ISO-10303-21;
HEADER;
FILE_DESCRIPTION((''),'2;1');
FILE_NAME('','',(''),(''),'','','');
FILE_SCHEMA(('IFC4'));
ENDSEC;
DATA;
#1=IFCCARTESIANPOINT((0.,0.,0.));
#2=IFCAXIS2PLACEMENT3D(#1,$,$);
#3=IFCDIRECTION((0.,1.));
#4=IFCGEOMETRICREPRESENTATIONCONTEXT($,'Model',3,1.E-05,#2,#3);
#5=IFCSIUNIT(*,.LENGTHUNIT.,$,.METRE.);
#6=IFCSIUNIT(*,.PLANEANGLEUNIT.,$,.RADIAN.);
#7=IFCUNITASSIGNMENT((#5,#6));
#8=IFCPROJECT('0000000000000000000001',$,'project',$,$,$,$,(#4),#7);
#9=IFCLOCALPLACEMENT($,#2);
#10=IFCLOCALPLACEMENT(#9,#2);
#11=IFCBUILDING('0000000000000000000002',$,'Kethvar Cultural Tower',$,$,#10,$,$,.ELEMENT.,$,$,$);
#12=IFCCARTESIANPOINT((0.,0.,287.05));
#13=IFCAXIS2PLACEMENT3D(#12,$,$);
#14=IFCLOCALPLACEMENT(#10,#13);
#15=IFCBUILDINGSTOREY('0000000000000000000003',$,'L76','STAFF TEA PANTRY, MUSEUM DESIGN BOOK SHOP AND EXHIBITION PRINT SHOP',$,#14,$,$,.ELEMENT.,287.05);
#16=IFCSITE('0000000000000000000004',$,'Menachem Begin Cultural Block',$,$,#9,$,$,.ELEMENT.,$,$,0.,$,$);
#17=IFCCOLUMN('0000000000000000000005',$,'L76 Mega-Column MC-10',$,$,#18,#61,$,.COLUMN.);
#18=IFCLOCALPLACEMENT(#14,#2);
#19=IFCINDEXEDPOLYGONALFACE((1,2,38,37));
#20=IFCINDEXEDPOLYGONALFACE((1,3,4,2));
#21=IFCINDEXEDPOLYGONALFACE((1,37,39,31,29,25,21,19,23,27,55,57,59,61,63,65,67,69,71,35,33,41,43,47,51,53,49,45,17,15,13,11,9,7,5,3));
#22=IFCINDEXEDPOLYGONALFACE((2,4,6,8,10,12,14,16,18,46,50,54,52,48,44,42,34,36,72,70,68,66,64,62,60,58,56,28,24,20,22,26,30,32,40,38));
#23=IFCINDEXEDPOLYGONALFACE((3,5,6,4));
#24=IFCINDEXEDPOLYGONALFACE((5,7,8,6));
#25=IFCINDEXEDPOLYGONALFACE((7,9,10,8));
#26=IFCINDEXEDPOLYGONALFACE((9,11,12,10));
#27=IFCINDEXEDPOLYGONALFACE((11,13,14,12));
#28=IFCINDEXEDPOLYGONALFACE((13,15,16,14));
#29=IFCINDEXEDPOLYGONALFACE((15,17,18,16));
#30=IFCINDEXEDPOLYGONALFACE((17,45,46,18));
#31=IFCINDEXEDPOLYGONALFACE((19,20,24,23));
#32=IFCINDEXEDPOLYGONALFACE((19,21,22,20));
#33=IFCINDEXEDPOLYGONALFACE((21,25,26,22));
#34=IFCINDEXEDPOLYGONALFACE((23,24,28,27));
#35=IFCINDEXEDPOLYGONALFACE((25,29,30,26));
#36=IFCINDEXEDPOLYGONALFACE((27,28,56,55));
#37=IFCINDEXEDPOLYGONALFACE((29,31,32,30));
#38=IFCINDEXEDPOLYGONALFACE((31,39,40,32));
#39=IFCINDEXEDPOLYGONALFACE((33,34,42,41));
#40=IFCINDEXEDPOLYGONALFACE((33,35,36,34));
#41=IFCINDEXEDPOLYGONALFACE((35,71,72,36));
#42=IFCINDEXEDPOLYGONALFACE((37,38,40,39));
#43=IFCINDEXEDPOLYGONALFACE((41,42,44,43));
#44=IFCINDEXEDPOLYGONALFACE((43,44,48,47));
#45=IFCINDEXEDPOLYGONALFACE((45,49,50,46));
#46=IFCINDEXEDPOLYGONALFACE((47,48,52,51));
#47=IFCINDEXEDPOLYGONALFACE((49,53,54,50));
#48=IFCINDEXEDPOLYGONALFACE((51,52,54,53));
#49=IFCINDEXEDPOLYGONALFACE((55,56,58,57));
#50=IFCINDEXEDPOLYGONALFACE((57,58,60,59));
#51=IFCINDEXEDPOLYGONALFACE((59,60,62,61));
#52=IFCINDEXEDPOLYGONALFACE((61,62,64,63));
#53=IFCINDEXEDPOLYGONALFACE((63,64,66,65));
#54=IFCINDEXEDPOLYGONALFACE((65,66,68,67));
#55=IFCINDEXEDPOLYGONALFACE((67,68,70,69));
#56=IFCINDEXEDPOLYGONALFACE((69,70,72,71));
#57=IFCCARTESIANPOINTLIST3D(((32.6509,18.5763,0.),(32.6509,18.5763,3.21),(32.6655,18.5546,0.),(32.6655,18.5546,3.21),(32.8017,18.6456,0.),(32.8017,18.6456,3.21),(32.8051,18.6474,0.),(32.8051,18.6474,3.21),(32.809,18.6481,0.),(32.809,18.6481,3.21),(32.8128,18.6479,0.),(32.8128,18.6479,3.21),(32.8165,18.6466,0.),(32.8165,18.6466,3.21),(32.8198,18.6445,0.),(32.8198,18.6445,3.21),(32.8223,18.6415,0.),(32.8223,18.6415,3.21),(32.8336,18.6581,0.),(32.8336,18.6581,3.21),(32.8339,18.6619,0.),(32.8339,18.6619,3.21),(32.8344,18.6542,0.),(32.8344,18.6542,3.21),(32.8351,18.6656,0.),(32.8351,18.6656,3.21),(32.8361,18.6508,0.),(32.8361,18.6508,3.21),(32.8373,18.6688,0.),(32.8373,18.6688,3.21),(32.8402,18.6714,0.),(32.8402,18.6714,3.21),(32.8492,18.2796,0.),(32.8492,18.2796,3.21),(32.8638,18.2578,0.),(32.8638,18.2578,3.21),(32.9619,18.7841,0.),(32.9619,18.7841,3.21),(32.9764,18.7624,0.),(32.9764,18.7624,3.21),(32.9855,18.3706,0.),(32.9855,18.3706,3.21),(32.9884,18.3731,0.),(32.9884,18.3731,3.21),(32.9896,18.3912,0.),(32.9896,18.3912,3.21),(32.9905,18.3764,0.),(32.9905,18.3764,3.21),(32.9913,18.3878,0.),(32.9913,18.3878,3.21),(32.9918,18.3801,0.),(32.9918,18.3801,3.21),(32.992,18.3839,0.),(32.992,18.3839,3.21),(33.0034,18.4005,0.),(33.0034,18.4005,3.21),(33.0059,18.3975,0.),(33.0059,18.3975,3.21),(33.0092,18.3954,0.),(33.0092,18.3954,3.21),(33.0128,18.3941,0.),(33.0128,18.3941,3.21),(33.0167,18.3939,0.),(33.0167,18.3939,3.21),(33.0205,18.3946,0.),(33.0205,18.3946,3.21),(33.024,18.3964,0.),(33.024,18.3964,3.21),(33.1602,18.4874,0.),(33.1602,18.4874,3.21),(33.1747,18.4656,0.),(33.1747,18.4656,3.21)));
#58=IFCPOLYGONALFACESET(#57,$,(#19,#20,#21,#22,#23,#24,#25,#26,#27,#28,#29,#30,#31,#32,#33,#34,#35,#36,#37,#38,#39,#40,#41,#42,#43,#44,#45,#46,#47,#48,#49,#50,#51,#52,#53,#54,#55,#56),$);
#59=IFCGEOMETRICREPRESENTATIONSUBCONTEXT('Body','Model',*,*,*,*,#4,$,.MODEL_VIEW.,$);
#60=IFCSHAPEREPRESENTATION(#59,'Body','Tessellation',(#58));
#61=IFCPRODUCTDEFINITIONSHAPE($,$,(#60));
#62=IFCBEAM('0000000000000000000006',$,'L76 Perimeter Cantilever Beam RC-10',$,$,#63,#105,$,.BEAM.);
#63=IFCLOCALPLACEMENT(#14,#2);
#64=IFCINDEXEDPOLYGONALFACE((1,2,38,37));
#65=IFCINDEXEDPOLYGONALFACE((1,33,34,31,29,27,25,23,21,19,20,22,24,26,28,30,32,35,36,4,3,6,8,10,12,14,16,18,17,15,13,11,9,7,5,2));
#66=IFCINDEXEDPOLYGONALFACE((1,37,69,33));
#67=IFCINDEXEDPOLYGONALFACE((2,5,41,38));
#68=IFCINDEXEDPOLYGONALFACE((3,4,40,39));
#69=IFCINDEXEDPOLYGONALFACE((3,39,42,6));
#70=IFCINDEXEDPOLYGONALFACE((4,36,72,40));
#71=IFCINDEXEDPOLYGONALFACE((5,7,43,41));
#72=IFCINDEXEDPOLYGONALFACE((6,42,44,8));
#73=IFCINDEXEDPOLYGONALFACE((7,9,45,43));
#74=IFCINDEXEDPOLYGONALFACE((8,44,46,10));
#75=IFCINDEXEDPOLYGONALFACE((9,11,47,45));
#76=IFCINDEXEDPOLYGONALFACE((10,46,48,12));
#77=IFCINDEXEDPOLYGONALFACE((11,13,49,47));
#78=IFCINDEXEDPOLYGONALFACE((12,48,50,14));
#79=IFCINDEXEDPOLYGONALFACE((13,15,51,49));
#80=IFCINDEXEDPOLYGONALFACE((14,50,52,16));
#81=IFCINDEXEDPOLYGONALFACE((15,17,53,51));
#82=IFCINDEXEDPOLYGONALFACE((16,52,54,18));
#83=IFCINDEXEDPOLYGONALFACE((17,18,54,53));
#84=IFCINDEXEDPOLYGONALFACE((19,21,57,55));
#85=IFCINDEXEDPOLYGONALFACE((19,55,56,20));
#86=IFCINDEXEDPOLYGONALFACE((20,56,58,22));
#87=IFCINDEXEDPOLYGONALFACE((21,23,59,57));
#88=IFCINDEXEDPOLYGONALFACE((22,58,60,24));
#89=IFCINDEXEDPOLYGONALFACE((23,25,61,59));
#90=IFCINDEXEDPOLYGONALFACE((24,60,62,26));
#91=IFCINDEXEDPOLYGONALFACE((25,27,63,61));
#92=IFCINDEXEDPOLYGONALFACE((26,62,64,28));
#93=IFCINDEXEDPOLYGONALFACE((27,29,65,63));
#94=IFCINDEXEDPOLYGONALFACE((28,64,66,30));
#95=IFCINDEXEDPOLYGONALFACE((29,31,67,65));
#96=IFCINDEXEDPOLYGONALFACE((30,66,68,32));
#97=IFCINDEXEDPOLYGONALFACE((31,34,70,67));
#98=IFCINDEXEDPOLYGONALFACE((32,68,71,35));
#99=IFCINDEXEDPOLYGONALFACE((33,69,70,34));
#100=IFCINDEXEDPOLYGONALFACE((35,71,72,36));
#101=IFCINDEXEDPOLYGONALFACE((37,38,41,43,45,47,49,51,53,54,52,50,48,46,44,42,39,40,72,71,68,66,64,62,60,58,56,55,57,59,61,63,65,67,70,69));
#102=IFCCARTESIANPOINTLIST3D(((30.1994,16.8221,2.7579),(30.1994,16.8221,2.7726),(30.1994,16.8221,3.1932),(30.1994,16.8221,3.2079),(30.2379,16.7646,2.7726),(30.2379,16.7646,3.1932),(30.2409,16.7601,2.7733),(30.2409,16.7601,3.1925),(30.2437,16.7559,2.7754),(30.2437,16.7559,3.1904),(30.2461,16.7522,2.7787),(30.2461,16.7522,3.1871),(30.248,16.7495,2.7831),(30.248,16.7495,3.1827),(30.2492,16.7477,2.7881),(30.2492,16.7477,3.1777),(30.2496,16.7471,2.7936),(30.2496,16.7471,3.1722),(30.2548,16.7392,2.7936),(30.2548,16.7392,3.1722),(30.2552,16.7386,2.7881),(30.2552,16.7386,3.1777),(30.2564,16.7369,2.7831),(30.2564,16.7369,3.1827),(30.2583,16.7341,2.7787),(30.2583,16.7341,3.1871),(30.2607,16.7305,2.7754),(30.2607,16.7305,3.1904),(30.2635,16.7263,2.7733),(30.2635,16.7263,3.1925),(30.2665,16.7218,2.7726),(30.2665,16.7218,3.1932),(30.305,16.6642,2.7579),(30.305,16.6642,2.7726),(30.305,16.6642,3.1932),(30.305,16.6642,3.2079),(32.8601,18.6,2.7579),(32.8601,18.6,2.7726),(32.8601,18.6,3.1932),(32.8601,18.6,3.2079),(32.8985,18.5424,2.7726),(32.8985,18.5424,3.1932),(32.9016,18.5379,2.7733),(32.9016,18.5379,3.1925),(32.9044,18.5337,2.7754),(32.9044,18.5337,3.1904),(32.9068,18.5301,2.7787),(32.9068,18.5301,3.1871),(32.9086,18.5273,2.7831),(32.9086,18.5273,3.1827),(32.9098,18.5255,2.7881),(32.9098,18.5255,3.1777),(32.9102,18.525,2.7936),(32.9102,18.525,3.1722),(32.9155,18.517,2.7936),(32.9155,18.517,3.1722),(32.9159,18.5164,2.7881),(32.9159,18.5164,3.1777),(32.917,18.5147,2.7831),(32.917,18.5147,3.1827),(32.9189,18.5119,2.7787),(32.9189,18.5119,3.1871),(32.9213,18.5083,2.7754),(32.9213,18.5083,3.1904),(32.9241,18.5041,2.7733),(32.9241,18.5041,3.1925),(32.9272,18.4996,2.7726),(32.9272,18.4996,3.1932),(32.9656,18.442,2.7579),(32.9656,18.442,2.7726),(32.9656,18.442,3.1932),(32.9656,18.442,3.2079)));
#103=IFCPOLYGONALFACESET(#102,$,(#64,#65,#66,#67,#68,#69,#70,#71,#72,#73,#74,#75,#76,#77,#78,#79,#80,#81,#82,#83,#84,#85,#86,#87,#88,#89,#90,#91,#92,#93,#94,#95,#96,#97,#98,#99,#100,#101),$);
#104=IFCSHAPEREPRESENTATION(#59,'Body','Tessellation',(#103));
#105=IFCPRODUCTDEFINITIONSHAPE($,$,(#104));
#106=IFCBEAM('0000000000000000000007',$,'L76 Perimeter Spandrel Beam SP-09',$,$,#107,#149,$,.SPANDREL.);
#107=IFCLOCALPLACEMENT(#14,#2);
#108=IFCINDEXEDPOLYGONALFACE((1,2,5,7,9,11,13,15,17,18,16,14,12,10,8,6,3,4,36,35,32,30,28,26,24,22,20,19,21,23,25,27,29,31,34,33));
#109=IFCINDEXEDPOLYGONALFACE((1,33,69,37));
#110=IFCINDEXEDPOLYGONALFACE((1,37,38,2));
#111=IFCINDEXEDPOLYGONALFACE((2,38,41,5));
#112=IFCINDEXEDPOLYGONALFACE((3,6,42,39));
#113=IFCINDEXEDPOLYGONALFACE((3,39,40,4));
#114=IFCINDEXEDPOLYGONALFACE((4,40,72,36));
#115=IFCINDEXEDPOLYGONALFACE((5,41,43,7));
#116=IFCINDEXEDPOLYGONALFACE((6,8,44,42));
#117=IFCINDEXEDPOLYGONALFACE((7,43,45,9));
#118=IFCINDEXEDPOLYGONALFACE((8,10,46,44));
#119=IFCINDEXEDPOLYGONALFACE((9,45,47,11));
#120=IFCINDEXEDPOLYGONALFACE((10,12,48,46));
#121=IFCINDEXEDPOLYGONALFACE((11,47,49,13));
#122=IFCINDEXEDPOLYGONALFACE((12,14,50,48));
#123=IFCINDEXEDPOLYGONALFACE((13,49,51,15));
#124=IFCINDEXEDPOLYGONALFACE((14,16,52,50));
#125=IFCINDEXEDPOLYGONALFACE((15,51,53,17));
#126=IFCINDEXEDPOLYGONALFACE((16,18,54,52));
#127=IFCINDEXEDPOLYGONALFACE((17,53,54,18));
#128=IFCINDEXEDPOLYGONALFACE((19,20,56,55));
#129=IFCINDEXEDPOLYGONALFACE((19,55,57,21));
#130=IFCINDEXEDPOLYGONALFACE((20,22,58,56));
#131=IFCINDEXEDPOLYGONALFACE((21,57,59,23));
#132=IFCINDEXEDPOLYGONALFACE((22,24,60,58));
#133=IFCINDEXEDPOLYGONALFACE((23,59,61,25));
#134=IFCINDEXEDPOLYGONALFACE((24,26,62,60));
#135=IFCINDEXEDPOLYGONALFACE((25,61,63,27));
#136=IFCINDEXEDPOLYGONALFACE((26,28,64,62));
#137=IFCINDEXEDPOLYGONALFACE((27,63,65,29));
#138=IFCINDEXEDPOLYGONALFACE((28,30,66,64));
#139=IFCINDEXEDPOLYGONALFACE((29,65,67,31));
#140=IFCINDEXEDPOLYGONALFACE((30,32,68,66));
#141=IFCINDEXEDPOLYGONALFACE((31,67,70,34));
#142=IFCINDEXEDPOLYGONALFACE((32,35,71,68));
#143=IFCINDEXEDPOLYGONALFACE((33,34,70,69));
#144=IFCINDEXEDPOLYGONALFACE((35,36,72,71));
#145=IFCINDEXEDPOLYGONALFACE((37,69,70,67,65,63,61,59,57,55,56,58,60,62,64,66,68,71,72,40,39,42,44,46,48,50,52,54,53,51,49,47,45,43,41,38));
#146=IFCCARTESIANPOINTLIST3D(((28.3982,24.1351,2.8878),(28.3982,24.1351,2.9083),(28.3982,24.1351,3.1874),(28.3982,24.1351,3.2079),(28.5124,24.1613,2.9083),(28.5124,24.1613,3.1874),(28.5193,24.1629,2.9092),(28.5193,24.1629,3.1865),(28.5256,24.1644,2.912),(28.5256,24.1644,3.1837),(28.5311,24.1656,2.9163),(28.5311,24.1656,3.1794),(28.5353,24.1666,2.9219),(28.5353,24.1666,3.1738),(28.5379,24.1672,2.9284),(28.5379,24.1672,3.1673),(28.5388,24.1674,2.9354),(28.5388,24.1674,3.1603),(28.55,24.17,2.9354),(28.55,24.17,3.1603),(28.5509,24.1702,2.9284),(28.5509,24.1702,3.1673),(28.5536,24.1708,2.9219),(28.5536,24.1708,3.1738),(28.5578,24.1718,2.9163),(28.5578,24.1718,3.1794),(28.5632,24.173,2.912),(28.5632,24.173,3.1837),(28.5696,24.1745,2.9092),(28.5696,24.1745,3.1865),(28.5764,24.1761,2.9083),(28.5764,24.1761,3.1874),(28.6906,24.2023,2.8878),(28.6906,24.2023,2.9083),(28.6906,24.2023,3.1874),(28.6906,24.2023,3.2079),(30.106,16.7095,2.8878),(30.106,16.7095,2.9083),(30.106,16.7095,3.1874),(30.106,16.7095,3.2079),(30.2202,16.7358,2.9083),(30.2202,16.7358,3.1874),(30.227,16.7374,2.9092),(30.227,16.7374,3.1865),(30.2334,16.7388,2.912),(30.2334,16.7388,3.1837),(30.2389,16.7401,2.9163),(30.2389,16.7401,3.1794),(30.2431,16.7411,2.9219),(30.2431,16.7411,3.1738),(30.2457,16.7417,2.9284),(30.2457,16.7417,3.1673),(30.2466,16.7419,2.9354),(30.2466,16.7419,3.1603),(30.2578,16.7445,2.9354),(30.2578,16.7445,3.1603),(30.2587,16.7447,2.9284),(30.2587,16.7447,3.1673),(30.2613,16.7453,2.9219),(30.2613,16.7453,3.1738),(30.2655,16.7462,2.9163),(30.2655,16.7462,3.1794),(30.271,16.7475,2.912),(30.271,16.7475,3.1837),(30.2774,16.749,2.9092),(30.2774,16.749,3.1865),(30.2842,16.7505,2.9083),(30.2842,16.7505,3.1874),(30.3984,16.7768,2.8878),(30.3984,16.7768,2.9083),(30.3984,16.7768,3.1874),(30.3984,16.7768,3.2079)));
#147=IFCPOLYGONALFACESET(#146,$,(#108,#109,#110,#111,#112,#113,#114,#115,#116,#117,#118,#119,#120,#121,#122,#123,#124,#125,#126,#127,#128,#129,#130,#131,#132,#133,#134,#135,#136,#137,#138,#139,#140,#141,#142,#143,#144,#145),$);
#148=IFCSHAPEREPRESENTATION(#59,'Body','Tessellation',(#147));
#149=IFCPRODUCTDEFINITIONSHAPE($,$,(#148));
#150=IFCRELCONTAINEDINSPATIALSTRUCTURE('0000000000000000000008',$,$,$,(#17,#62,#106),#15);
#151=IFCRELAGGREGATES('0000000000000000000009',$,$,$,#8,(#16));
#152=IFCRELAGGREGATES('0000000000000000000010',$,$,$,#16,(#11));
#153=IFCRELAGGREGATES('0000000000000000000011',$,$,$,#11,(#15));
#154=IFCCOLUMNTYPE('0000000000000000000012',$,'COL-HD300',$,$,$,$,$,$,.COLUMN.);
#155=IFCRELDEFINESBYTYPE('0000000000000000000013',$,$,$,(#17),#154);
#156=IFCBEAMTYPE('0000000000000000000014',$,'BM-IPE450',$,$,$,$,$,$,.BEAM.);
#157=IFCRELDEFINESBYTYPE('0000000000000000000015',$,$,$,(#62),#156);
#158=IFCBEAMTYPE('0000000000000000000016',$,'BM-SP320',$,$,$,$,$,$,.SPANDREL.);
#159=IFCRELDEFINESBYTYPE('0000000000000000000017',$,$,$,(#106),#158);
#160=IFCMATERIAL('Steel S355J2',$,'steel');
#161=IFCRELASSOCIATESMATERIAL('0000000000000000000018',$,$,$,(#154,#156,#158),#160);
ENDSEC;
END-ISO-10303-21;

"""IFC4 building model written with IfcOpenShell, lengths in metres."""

from ifc_helpers import new_model, si_unit, direction, frame, origin, origin_2d, place, context, subcontext, project, spatial, i_section, extrude, source, transform, mapped, material, material_profile, profile_set, type_object, element, save


model = new_model("IFC4")

# Units and contexts
model_context = context("Model", 3, precision=1e-05, world=origin(), true_north=direction((0.0, 1.0)))
body_context = subcontext(model_context, "Body", "Model", "MODEL_VIEW")
ifc_project = project(units=[si_unit("LENGTHUNIT", "METRE"), si_unit("PLANEANGLEUNIT", "RADIAN")], contexts=[model_context])

# Site, building, storey
site_placement = place(None, origin())
site = spatial("IfcSite", under=ifc_project, at=site_placement, Name="Menachem Begin Cultural Block", CompositionType="ELEMENT", RefElevation=0.0)
building_placement = place(site_placement, origin())
building = spatial("IfcBuilding", under=site, at=building_placement, Name="Kethvar Cultural Tower", CompositionType="ELEMENT")
storey_placement = place(building_placement, frame((0.0, 0.0, 287.05)))
storey = spatial("IfcBuildingStorey", under=building, at=storey_placement, Name="L76", Description="STAFF TEA PANTRY, MUSEUM DESIGN BOOK SHOP AND EXHIBITION PRINT SHOP", CompositionType="ELEMENT", Elevation=287.05)

# Column
ifc_material_1 = material(Name="Steel S355J2", Category="steel")
ifc_material_profile_1 = material_profile(ifc_material_1, i_section(OverallWidth=0.374, OverallDepth=0.3831, WebThickness=0.0166, FlangeThickness=0.0261, FilletRadius=0.0149, at=origin_2d()), Name="Steel S355J2 — HD360x300")
ifc_profile_set_1 = profile_set([ifc_material_profile_1], Name="Steel S355J2 — HD360x300")
column_type = type_object("IfcColumnType", Name="COL-HD300", PredefinedType="COLUMN", material=ifc_profile_set_1)
shared_shape_1 = source(origin(), body_context, "Body", "SweptSolid", [
    extrude(i_section(OverallWidth=0.374, OverallDepth=0.3831, WebThickness=0.0166, FlangeThickness=0.0261, FilletRadius=0.0149, at=origin_2d()), origin(), (0.0, 0.0, 1.0), 3.21),
])
column_placement = place(storey_placement, frame((32.9128, 18.521, 0.0), z_axis=(0.0, 0.0, 1.0), x_axis=(-0.83147, -0.55557, 0.0)))
element("IfcColumn", 1, at=column_placement, inside=storey, type_object=column_type, Name="L76 Mega-Column MC-10", PredefinedType="COLUMN", context=body_context, shape_type="MappedRepresentation", body=[
    mapped(shared_shape_1, transform((0.0, 0.0, 0.0), scale=1.0)),
])

# Beams
ifc_material_profile_2 = material_profile(ifc_material_1, i_section(OverallWidth=0.1899, OverallDepth=0.45, WebThickness=0.0095, FlangeThickness=0.0146, FilletRadius=0.021, at=origin_2d()), Name="Steel S355J2 — IPE450")
ifc_profile_set_2 = profile_set([ifc_material_profile_2], Name="Steel S355J2 — IPE450")
beam_type_1 = type_object("IfcBeamType", Name="BM-IPE450", PredefinedType="BEAM", material=ifc_profile_set_2)
shared_shape_2 = source(origin(), body_context, "Body", "SweptSolid", [
    extrude(i_section(OverallWidth=0.1899, OverallDepth=0.45, WebThickness=0.0095, FlangeThickness=0.0146, FilletRadius=0.021, at=origin_2d()), origin(), (0.0, 0.0, 1.0), 3.2),
])
beam_1_placement = place(storey_placement, frame((32.9128, 18.521, 2.9829), z_axis=(-0.831463, -0.55558, 0.0), x_axis=(0.55558, -0.831463, 0.0)))
element("IfcBeam", 2, at=beam_1_placement, inside=storey, type_object=beam_type_1, Name="L76 Perimeter Cantilever Beam RC-10", PredefinedType="BEAM", context=body_context, shape_type="MappedRepresentation", body=[
    mapped(shared_shape_2, transform((0.0, 0.0, 0.0), scale=1.0)),
])
ifc_material_profile_3 = material_profile(ifc_material_1, i_section(OverallWidth=0.3, OverallDepth=0.3201, WebThickness=0.0115, FlangeThickness=0.0205, FilletRadius=0.0271, at=origin_2d()), Name="Steel S355J2 — HEB320")
ifc_profile_set_3 = profile_set([ifc_material_profile_3], Name="Steel S355J2 — HEB320")
beam_type_2 = type_object("IfcBeamType", Name="BM-SP320", PredefinedType="SPANDREL", material=ifc_profile_set_3)
shared_shape_3 = source(origin(), body_context, "Body", "SweptSolid", [
    extrude(i_section(OverallWidth=0.3, OverallDepth=0.3201, WebThickness=0.0115, FlangeThickness=0.0205, FilletRadius=0.0271, at=origin_2d()), origin(), (0.0, 0.0, 1.0), 7.6194),
])
beam_2_placement = place(storey_placement, frame((28.5444, 24.1687, 3.0479), z_axis=(0.224134, -0.974558, 0.0), x_axis=(0.974558, 0.224134, 0.0)))
element("IfcBeam", 3, at=beam_2_placement, inside=storey, type_object=beam_type_2, Name="L76 Perimeter Spandrel Beam SP-09", PredefinedType="SPANDREL", context=body_context, shape_type="MappedRepresentation", body=[
    mapped(shared_shape_3, transform((0.0, 0.0, 0.0), scale=1.0)),
])

save(model, "model.ifc")
